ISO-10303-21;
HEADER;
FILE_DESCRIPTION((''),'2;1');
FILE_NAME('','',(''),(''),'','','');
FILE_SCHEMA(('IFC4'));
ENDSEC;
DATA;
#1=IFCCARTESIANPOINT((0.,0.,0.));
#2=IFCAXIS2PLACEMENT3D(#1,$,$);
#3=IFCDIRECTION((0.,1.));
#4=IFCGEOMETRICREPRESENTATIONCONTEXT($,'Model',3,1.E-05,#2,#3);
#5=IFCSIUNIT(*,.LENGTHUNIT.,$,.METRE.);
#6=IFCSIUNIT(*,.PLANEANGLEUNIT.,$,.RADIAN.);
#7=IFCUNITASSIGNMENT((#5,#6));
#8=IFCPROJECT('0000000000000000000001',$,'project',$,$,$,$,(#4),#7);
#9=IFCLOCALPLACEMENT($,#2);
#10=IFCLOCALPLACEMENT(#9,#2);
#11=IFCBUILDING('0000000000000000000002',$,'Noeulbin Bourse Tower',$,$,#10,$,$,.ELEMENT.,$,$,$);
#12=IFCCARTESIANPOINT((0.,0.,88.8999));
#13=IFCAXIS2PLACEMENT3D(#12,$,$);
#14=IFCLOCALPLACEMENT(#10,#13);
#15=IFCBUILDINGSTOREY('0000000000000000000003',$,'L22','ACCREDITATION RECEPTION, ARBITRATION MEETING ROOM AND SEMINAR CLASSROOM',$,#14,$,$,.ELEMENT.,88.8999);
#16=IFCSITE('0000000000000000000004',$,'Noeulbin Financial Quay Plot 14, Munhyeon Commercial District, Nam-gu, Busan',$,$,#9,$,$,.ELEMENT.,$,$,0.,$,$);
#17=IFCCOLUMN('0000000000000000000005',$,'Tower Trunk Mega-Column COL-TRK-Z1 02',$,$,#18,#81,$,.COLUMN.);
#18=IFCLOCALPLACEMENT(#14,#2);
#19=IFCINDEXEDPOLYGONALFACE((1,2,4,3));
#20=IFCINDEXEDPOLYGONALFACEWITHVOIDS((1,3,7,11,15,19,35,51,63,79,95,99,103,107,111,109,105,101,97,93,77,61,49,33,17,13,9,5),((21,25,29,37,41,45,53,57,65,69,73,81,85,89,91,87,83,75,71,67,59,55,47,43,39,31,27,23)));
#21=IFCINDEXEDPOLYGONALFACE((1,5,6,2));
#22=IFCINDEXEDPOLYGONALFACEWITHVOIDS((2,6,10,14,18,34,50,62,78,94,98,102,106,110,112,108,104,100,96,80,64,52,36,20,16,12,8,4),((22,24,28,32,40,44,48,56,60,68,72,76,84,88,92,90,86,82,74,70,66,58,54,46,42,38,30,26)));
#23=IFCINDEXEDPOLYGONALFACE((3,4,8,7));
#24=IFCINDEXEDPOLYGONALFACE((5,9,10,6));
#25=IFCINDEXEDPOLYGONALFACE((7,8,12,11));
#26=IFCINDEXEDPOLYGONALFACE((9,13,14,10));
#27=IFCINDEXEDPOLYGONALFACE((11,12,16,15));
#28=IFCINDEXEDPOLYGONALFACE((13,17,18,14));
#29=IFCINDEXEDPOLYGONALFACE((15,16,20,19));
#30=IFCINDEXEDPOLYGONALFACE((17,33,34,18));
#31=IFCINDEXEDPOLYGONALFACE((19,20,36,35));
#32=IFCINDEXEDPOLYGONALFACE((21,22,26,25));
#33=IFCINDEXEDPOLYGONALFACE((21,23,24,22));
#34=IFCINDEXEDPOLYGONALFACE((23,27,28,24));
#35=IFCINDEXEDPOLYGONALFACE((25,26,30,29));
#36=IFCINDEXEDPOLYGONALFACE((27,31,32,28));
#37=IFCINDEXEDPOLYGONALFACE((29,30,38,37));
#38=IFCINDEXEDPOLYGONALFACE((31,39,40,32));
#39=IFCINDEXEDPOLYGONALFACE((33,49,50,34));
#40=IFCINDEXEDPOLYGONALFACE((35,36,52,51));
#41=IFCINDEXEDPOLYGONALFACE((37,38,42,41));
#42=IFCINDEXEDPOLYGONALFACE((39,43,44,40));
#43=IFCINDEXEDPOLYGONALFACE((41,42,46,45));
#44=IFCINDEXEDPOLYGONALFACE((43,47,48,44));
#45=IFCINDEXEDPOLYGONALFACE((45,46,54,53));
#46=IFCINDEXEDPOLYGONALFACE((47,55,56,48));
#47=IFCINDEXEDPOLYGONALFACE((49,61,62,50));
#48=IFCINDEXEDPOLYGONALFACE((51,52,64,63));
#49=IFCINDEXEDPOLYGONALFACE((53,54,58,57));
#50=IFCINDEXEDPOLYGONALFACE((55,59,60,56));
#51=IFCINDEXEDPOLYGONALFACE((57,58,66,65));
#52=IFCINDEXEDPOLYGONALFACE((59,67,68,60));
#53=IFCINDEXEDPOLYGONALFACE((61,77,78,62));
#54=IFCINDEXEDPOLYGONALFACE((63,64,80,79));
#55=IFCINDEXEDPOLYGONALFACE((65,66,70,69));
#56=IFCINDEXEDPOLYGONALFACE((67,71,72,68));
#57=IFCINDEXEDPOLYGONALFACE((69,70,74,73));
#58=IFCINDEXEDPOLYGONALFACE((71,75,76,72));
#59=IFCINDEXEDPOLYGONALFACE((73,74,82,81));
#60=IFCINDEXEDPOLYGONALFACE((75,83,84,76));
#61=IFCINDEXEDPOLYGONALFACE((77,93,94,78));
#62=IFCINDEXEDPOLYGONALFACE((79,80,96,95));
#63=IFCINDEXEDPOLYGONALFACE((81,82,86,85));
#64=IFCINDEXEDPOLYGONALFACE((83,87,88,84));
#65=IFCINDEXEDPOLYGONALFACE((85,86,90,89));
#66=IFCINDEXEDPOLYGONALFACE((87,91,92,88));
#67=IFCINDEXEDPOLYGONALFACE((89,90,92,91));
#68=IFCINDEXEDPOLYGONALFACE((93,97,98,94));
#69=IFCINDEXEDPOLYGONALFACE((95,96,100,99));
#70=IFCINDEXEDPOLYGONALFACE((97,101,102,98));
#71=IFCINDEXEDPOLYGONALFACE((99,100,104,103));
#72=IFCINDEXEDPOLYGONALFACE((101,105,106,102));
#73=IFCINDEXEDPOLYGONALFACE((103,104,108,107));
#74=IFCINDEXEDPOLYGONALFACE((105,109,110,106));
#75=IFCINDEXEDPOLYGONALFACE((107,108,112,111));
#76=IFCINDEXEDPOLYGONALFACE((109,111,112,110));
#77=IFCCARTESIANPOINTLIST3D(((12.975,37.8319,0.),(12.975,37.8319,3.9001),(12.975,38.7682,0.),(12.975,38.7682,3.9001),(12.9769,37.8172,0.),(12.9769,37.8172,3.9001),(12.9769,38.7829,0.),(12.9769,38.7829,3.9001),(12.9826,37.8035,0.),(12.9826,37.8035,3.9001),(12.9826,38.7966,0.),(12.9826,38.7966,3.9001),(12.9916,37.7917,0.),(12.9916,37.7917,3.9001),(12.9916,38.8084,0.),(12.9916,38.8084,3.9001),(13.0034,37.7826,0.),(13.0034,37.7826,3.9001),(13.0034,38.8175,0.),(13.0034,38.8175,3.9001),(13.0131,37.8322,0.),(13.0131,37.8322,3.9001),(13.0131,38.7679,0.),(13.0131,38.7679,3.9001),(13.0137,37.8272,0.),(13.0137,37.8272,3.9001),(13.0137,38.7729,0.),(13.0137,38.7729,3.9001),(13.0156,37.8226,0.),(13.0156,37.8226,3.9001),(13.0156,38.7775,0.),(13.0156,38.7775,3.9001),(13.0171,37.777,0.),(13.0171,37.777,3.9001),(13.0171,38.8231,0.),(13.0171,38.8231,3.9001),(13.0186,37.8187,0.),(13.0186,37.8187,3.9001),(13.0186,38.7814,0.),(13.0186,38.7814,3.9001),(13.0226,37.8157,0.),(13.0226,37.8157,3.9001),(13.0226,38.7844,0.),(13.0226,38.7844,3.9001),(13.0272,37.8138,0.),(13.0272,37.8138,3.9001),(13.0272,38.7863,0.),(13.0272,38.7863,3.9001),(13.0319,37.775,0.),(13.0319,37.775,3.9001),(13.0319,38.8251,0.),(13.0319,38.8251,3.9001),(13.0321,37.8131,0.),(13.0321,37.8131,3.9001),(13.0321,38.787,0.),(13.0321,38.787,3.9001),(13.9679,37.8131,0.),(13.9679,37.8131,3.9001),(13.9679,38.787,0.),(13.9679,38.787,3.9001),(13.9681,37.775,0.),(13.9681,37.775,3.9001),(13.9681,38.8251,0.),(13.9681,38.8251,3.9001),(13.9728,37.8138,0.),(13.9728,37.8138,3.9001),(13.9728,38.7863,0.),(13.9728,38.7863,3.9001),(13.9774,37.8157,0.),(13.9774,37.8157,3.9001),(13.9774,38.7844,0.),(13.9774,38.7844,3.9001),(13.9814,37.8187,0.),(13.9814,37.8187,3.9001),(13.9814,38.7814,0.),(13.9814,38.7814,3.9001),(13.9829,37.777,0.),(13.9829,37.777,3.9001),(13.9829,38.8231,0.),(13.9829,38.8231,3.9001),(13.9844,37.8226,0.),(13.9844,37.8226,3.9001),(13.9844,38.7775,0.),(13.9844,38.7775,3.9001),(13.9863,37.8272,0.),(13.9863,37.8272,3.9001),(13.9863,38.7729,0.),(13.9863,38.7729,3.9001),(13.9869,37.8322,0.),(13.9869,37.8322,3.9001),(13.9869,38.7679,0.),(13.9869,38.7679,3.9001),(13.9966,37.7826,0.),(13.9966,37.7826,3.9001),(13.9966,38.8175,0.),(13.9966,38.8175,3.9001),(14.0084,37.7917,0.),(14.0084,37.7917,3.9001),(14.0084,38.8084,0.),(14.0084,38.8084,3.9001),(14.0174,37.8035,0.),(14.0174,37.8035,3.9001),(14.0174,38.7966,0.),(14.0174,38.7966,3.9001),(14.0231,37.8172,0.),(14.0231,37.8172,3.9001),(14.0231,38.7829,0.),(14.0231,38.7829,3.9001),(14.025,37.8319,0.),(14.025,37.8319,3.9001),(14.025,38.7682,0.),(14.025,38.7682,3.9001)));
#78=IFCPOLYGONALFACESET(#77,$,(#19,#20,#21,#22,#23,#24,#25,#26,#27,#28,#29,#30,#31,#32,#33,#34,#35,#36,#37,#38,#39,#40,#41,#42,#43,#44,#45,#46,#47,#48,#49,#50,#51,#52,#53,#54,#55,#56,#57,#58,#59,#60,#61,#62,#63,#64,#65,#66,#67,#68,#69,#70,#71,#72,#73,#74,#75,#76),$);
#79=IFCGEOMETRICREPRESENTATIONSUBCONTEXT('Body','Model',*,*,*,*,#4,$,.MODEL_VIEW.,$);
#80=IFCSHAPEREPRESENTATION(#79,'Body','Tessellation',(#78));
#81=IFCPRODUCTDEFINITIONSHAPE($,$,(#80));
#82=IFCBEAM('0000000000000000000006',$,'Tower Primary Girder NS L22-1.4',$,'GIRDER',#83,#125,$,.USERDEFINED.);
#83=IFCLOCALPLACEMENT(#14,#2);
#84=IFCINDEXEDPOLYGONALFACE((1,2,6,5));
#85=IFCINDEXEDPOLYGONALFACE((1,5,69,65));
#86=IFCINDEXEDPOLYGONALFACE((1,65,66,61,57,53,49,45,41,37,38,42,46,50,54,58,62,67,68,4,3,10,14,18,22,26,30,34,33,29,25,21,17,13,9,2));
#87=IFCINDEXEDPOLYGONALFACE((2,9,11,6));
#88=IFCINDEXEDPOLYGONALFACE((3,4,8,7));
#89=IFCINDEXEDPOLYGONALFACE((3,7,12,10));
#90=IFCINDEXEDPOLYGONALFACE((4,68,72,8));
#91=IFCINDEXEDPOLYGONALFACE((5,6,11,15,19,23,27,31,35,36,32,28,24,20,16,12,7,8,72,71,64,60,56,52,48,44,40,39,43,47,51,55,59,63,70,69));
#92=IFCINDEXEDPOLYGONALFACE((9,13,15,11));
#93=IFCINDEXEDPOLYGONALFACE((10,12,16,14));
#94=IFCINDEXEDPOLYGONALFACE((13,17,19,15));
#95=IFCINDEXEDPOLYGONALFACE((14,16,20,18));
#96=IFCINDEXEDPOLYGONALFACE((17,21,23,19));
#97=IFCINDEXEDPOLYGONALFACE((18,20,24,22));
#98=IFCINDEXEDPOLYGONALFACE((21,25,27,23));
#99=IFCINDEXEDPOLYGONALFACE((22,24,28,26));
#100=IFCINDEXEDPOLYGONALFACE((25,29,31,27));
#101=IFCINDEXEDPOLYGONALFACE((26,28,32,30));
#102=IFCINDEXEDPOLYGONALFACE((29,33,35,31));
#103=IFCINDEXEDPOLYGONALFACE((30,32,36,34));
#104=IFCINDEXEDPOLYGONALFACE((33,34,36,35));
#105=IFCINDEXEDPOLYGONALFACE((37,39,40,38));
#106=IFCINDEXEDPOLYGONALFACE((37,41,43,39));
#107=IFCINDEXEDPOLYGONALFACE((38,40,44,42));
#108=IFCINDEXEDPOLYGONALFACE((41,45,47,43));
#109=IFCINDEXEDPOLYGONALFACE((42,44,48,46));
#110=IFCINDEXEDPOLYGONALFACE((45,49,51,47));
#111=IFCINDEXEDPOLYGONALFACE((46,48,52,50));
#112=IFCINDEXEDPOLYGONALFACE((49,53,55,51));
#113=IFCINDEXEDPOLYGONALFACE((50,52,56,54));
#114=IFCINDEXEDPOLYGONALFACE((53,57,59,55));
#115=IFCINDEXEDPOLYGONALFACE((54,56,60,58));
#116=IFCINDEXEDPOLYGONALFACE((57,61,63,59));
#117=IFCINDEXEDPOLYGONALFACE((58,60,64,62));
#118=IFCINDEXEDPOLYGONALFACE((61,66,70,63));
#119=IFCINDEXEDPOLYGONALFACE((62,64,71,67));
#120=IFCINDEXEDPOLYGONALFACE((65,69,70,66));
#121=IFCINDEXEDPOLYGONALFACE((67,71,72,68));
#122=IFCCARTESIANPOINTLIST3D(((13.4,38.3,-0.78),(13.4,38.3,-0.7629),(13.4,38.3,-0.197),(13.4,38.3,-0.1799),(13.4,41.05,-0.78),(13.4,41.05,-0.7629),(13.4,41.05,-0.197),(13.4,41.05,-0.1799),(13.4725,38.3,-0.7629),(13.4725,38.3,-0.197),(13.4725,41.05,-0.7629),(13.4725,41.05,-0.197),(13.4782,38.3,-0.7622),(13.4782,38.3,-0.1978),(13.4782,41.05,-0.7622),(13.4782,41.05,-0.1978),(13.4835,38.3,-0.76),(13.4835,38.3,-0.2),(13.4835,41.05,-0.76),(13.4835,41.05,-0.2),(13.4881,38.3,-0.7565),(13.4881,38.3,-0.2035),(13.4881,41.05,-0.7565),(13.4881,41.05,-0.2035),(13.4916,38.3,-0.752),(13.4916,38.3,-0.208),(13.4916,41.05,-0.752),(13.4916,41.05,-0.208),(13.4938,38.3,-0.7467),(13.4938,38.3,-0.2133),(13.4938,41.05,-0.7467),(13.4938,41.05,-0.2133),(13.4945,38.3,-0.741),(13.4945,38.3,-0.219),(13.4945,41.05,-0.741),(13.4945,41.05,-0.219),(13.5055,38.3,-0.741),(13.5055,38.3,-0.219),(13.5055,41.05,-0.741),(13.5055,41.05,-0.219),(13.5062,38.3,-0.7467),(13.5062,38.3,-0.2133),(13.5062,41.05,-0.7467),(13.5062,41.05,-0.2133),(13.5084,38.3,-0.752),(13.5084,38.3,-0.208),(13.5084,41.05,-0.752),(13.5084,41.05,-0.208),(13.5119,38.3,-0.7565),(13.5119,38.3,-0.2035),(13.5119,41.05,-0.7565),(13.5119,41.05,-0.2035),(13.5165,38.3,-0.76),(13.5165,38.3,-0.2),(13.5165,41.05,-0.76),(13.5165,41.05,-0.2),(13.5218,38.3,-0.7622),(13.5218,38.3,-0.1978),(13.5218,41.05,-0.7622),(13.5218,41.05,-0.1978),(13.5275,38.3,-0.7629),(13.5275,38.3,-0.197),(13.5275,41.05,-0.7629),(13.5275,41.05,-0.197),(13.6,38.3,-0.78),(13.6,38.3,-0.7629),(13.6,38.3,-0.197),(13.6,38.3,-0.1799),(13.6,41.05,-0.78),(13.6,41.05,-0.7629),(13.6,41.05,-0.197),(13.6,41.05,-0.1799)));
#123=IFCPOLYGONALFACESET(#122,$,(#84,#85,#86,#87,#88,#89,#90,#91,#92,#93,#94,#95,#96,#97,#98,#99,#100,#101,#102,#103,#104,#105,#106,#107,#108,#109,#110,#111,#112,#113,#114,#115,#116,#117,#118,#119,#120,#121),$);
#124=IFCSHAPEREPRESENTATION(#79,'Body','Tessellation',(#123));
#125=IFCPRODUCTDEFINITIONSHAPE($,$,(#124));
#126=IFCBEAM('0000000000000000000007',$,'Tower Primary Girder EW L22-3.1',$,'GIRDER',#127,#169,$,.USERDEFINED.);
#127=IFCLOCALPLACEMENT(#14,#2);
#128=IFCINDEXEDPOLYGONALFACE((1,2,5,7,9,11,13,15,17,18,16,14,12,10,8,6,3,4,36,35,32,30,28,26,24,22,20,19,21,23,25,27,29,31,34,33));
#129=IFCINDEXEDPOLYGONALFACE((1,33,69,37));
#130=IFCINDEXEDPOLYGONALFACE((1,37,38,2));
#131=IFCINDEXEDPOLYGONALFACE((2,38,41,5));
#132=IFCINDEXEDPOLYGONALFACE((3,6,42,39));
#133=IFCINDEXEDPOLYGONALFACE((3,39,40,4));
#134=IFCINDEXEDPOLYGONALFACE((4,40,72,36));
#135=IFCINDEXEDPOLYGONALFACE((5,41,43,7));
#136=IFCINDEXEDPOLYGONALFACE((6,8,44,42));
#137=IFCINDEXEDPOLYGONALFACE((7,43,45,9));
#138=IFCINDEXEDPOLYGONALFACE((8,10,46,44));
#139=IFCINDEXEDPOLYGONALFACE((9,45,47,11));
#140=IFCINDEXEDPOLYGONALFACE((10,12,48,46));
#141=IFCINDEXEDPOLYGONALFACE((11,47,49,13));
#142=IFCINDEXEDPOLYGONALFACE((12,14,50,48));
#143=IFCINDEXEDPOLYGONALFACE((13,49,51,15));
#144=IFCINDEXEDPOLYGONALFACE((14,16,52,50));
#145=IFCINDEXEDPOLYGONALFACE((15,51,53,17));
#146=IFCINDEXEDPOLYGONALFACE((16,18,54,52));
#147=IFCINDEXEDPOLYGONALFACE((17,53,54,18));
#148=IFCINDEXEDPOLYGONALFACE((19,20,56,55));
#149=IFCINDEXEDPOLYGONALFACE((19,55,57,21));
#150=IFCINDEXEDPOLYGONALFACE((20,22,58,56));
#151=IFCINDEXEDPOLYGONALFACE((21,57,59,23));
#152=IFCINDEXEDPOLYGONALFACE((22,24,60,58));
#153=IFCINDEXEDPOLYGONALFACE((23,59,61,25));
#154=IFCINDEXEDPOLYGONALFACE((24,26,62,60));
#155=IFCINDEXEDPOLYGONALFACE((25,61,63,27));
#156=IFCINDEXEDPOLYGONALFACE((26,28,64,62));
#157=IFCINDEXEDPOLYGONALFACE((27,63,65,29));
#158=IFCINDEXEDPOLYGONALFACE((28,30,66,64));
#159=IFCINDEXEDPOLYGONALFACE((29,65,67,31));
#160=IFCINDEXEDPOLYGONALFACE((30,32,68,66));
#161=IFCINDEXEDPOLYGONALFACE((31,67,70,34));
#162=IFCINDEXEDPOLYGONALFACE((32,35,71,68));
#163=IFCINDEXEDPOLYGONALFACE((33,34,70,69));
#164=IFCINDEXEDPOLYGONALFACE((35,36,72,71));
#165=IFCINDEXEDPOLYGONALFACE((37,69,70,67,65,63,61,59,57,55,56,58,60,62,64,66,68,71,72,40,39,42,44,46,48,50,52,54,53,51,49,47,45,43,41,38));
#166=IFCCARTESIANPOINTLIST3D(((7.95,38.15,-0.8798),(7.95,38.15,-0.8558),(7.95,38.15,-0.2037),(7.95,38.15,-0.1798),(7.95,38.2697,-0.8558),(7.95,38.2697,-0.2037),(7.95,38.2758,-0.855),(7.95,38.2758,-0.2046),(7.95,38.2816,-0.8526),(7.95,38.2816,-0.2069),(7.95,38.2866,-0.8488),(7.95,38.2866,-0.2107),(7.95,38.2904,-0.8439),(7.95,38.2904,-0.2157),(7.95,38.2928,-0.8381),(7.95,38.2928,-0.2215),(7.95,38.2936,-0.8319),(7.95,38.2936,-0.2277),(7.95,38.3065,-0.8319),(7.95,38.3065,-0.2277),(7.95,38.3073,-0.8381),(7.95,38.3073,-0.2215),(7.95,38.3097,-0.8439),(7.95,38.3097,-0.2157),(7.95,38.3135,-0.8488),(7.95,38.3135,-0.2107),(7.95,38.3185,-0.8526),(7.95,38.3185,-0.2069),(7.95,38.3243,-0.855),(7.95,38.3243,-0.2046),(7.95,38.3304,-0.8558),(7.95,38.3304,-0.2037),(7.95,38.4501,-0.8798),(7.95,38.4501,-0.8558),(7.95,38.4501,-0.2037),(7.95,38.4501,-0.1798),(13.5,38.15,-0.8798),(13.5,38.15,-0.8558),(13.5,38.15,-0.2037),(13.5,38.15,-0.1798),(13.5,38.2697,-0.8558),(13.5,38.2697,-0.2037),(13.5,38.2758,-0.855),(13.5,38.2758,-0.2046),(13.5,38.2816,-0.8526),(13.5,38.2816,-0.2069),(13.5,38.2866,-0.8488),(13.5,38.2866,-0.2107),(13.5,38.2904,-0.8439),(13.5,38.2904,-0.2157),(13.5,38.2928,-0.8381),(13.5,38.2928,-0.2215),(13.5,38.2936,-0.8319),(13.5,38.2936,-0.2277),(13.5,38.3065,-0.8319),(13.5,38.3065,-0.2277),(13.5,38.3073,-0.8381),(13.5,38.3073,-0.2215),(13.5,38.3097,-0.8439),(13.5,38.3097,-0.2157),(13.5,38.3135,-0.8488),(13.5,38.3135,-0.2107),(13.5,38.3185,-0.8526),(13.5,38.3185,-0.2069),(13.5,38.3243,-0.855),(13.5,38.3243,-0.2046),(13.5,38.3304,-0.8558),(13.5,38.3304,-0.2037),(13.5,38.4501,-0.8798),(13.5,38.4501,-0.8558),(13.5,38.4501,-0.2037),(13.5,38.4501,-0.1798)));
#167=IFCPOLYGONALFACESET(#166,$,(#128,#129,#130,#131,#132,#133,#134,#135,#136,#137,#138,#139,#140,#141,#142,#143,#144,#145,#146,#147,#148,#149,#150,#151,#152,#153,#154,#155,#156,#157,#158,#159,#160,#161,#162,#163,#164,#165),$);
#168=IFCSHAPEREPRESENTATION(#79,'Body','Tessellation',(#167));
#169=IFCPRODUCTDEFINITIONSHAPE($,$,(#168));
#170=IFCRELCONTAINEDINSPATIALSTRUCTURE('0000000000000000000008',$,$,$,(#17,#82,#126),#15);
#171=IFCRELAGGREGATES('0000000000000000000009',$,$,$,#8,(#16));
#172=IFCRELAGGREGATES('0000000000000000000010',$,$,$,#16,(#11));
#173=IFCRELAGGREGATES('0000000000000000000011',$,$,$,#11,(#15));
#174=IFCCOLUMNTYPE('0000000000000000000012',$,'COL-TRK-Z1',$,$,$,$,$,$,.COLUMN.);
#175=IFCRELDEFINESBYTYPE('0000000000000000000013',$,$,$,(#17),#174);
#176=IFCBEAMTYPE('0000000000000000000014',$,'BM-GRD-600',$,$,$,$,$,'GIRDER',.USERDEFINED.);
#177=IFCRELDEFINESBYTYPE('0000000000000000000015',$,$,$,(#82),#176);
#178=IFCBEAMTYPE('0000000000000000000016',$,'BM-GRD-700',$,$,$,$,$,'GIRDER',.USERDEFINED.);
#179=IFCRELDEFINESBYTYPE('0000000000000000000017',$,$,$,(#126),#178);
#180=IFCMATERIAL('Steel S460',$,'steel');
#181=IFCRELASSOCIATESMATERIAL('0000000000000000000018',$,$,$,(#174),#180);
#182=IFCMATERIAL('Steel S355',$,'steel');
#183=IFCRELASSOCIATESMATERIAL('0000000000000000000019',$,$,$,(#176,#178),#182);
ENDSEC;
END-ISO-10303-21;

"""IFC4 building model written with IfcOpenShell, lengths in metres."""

from ifc_helpers import new_model, si_unit, direction, frame, origin, origin_2d, place, context, subcontext, project, spatial, hollow_rectangle, i_section, extrude, material, material_profile, profile_set, type_object, element, save


model = new_model("IFC4")

# Units and contexts
model_context = context("Model", 3, precision=1e-05, world=origin(), true_north=direction((0.0, 1.0)))
body_context = subcontext(model_context, "Body", "Model", "MODEL_VIEW")
ifc_project = project(units=[si_unit("LENGTHUNIT", "METRE"), si_unit("PLANEANGLEUNIT", "RADIAN")], contexts=[model_context])

# Site, building, storey
site_placement = place(None, origin())
site = spatial("IfcSite", under=ifc_project, at=site_placement, Name="Noeulbin Financial Quay Plot 14, Munhyeon Commercial District, Nam-gu, Busan", CompositionType="ELEMENT", RefElevation=0.0)
building_placement = place(site_placement, origin())
building = spatial("IfcBuilding", under=site, at=building_placement, Name="Noeulbin Bourse Tower", CompositionType="ELEMENT")
storey_placement = place(building_placement, frame((0.0, 0.0, 88.8999)))
storey = spatial("IfcBuildingStorey", under=building, at=storey_placement, Name="L22", Description="ACCREDITATION RECEPTION, ARBITRATION MEETING ROOM AND SEMINAR CLASSROOM", CompositionType="ELEMENT", Elevation=88.8999)

# Column
ifc_material_1 = material(Name="Steel S460", Category="steel")
ifc_material_profile_1 = material_profile(ifc_material_1, hollow_rectangle(XDim=1.05, YDim=1.05, WallThickness=0.0381, InnerFilletRadius=0.019, OuterFilletRadius=0.0569, at=origin_2d()), Name="BOX-1050x1050x38", Category="LoadBearing")
ifc_profile_set_1 = profile_set([ifc_material_profile_1], Name="Steel S460")
column_type_1 = type_object("IfcColumnType", Name="COL-TRK-Z1", PredefinedType="COLUMN", material=ifc_profile_set_1)
column_placement = place(storey_placement, frame((13.5, 38.3, 0.0), z_axis=(0.0, 0.0, 1.0), x_axis=(1.0, 0.0, 0.0)))
element("IfcColumn", 1, at=column_placement, inside=storey, type_object=column_type_1, Name="Tower Trunk Mega-Column COL-TRK-Z1 02", PredefinedType="COLUMN", context=body_context, shape_type="SweptSolid", body=[
    extrude(hollow_rectangle(XDim=1.05, YDim=1.05, WallThickness=0.0381, InnerFilletRadius=0.019, OuterFilletRadius=0.0569, at=origin_2d()), origin(), (0.0, 0.0, 1.0), 3.9001),
])

# Beams
ifc_material_2 = material(Name="Steel S355", Category="steel")
ifc_material_profile_2 = material_profile(ifc_material_2, i_section(OverallWidth=0.2, OverallDepth=0.6001, WebThickness=0.011, FlangeThickness=0.0171, FilletRadius=0.022, at=origin_2d()), Name="H-600x200x11x17", Category="LoadBearing")
ifc_profile_set_2 = profile_set([ifc_material_profile_2], Name="Steel S355")
beam_type_1 = type_object("IfcBeamType", Name="BM-GRD-600", ElementType="GIRDER", PredefinedType="USERDEFINED", material=ifc_profile_set_2)
beam_1_placement = place(storey_placement, frame((13.5, 38.3, -0.48), z_axis=(0.0, 1.0, 0.0), x_axis=(-1.0, 0.0, 0.0)))
element("IfcBeam", 2, at=beam_1_placement, inside=storey, type_object=beam_type_1, Name="Tower Primary Girder NS L22-1.4", ObjectType="GIRDER", PredefinedType="USERDEFINED", context=body_context, shape_type="SweptSolid", body=[
    extrude(i_section(OverallWidth=0.2, OverallDepth=0.6001, WebThickness=0.011, FlangeThickness=0.0171, FilletRadius=0.022, at=origin_2d()), origin(), (0.0, 0.0, 1.0), 2.75),
])
ifc_material_profile_3 = material_profile(ifc_material_2, i_section(OverallWidth=0.3, OverallDepth=0.7, WebThickness=0.0129, FlangeThickness=0.0239, FilletRadius=0.0239, at=origin_2d()), Name="H-700x300x13x24", Category="LoadBearing")
ifc_profile_set_3 = profile_set([ifc_material_profile_3], Name="Steel S355")
beam_type_2 = type_object("IfcBeamType", Name="BM-GRD-700", ElementType="GIRDER", PredefinedType="USERDEFINED", material=ifc_profile_set_3)
beam_2_placement = place(storey_placement, frame((7.95, 38.3, -0.5298), z_axis=(1.0, 0.0, 0.0), x_axis=(0.0, 1.0, 0.0)))
element("IfcBeam", 3, at=beam_2_placement, inside=storey, type_object=beam_type_2, Name="Tower Primary Girder EW L22-3.1", ObjectType="GIRDER", PredefinedType="USERDEFINED", context=body_context, shape_type="SweptSolid", body=[
    extrude(i_section(OverallWidth=0.3, OverallDepth=0.7, WebThickness=0.0129, FlangeThickness=0.0239, FilletRadius=0.0239, at=origin_2d()), origin(), (0.0, 0.0, 1.0), 5.55),
])

save(model, "model.ifc")
